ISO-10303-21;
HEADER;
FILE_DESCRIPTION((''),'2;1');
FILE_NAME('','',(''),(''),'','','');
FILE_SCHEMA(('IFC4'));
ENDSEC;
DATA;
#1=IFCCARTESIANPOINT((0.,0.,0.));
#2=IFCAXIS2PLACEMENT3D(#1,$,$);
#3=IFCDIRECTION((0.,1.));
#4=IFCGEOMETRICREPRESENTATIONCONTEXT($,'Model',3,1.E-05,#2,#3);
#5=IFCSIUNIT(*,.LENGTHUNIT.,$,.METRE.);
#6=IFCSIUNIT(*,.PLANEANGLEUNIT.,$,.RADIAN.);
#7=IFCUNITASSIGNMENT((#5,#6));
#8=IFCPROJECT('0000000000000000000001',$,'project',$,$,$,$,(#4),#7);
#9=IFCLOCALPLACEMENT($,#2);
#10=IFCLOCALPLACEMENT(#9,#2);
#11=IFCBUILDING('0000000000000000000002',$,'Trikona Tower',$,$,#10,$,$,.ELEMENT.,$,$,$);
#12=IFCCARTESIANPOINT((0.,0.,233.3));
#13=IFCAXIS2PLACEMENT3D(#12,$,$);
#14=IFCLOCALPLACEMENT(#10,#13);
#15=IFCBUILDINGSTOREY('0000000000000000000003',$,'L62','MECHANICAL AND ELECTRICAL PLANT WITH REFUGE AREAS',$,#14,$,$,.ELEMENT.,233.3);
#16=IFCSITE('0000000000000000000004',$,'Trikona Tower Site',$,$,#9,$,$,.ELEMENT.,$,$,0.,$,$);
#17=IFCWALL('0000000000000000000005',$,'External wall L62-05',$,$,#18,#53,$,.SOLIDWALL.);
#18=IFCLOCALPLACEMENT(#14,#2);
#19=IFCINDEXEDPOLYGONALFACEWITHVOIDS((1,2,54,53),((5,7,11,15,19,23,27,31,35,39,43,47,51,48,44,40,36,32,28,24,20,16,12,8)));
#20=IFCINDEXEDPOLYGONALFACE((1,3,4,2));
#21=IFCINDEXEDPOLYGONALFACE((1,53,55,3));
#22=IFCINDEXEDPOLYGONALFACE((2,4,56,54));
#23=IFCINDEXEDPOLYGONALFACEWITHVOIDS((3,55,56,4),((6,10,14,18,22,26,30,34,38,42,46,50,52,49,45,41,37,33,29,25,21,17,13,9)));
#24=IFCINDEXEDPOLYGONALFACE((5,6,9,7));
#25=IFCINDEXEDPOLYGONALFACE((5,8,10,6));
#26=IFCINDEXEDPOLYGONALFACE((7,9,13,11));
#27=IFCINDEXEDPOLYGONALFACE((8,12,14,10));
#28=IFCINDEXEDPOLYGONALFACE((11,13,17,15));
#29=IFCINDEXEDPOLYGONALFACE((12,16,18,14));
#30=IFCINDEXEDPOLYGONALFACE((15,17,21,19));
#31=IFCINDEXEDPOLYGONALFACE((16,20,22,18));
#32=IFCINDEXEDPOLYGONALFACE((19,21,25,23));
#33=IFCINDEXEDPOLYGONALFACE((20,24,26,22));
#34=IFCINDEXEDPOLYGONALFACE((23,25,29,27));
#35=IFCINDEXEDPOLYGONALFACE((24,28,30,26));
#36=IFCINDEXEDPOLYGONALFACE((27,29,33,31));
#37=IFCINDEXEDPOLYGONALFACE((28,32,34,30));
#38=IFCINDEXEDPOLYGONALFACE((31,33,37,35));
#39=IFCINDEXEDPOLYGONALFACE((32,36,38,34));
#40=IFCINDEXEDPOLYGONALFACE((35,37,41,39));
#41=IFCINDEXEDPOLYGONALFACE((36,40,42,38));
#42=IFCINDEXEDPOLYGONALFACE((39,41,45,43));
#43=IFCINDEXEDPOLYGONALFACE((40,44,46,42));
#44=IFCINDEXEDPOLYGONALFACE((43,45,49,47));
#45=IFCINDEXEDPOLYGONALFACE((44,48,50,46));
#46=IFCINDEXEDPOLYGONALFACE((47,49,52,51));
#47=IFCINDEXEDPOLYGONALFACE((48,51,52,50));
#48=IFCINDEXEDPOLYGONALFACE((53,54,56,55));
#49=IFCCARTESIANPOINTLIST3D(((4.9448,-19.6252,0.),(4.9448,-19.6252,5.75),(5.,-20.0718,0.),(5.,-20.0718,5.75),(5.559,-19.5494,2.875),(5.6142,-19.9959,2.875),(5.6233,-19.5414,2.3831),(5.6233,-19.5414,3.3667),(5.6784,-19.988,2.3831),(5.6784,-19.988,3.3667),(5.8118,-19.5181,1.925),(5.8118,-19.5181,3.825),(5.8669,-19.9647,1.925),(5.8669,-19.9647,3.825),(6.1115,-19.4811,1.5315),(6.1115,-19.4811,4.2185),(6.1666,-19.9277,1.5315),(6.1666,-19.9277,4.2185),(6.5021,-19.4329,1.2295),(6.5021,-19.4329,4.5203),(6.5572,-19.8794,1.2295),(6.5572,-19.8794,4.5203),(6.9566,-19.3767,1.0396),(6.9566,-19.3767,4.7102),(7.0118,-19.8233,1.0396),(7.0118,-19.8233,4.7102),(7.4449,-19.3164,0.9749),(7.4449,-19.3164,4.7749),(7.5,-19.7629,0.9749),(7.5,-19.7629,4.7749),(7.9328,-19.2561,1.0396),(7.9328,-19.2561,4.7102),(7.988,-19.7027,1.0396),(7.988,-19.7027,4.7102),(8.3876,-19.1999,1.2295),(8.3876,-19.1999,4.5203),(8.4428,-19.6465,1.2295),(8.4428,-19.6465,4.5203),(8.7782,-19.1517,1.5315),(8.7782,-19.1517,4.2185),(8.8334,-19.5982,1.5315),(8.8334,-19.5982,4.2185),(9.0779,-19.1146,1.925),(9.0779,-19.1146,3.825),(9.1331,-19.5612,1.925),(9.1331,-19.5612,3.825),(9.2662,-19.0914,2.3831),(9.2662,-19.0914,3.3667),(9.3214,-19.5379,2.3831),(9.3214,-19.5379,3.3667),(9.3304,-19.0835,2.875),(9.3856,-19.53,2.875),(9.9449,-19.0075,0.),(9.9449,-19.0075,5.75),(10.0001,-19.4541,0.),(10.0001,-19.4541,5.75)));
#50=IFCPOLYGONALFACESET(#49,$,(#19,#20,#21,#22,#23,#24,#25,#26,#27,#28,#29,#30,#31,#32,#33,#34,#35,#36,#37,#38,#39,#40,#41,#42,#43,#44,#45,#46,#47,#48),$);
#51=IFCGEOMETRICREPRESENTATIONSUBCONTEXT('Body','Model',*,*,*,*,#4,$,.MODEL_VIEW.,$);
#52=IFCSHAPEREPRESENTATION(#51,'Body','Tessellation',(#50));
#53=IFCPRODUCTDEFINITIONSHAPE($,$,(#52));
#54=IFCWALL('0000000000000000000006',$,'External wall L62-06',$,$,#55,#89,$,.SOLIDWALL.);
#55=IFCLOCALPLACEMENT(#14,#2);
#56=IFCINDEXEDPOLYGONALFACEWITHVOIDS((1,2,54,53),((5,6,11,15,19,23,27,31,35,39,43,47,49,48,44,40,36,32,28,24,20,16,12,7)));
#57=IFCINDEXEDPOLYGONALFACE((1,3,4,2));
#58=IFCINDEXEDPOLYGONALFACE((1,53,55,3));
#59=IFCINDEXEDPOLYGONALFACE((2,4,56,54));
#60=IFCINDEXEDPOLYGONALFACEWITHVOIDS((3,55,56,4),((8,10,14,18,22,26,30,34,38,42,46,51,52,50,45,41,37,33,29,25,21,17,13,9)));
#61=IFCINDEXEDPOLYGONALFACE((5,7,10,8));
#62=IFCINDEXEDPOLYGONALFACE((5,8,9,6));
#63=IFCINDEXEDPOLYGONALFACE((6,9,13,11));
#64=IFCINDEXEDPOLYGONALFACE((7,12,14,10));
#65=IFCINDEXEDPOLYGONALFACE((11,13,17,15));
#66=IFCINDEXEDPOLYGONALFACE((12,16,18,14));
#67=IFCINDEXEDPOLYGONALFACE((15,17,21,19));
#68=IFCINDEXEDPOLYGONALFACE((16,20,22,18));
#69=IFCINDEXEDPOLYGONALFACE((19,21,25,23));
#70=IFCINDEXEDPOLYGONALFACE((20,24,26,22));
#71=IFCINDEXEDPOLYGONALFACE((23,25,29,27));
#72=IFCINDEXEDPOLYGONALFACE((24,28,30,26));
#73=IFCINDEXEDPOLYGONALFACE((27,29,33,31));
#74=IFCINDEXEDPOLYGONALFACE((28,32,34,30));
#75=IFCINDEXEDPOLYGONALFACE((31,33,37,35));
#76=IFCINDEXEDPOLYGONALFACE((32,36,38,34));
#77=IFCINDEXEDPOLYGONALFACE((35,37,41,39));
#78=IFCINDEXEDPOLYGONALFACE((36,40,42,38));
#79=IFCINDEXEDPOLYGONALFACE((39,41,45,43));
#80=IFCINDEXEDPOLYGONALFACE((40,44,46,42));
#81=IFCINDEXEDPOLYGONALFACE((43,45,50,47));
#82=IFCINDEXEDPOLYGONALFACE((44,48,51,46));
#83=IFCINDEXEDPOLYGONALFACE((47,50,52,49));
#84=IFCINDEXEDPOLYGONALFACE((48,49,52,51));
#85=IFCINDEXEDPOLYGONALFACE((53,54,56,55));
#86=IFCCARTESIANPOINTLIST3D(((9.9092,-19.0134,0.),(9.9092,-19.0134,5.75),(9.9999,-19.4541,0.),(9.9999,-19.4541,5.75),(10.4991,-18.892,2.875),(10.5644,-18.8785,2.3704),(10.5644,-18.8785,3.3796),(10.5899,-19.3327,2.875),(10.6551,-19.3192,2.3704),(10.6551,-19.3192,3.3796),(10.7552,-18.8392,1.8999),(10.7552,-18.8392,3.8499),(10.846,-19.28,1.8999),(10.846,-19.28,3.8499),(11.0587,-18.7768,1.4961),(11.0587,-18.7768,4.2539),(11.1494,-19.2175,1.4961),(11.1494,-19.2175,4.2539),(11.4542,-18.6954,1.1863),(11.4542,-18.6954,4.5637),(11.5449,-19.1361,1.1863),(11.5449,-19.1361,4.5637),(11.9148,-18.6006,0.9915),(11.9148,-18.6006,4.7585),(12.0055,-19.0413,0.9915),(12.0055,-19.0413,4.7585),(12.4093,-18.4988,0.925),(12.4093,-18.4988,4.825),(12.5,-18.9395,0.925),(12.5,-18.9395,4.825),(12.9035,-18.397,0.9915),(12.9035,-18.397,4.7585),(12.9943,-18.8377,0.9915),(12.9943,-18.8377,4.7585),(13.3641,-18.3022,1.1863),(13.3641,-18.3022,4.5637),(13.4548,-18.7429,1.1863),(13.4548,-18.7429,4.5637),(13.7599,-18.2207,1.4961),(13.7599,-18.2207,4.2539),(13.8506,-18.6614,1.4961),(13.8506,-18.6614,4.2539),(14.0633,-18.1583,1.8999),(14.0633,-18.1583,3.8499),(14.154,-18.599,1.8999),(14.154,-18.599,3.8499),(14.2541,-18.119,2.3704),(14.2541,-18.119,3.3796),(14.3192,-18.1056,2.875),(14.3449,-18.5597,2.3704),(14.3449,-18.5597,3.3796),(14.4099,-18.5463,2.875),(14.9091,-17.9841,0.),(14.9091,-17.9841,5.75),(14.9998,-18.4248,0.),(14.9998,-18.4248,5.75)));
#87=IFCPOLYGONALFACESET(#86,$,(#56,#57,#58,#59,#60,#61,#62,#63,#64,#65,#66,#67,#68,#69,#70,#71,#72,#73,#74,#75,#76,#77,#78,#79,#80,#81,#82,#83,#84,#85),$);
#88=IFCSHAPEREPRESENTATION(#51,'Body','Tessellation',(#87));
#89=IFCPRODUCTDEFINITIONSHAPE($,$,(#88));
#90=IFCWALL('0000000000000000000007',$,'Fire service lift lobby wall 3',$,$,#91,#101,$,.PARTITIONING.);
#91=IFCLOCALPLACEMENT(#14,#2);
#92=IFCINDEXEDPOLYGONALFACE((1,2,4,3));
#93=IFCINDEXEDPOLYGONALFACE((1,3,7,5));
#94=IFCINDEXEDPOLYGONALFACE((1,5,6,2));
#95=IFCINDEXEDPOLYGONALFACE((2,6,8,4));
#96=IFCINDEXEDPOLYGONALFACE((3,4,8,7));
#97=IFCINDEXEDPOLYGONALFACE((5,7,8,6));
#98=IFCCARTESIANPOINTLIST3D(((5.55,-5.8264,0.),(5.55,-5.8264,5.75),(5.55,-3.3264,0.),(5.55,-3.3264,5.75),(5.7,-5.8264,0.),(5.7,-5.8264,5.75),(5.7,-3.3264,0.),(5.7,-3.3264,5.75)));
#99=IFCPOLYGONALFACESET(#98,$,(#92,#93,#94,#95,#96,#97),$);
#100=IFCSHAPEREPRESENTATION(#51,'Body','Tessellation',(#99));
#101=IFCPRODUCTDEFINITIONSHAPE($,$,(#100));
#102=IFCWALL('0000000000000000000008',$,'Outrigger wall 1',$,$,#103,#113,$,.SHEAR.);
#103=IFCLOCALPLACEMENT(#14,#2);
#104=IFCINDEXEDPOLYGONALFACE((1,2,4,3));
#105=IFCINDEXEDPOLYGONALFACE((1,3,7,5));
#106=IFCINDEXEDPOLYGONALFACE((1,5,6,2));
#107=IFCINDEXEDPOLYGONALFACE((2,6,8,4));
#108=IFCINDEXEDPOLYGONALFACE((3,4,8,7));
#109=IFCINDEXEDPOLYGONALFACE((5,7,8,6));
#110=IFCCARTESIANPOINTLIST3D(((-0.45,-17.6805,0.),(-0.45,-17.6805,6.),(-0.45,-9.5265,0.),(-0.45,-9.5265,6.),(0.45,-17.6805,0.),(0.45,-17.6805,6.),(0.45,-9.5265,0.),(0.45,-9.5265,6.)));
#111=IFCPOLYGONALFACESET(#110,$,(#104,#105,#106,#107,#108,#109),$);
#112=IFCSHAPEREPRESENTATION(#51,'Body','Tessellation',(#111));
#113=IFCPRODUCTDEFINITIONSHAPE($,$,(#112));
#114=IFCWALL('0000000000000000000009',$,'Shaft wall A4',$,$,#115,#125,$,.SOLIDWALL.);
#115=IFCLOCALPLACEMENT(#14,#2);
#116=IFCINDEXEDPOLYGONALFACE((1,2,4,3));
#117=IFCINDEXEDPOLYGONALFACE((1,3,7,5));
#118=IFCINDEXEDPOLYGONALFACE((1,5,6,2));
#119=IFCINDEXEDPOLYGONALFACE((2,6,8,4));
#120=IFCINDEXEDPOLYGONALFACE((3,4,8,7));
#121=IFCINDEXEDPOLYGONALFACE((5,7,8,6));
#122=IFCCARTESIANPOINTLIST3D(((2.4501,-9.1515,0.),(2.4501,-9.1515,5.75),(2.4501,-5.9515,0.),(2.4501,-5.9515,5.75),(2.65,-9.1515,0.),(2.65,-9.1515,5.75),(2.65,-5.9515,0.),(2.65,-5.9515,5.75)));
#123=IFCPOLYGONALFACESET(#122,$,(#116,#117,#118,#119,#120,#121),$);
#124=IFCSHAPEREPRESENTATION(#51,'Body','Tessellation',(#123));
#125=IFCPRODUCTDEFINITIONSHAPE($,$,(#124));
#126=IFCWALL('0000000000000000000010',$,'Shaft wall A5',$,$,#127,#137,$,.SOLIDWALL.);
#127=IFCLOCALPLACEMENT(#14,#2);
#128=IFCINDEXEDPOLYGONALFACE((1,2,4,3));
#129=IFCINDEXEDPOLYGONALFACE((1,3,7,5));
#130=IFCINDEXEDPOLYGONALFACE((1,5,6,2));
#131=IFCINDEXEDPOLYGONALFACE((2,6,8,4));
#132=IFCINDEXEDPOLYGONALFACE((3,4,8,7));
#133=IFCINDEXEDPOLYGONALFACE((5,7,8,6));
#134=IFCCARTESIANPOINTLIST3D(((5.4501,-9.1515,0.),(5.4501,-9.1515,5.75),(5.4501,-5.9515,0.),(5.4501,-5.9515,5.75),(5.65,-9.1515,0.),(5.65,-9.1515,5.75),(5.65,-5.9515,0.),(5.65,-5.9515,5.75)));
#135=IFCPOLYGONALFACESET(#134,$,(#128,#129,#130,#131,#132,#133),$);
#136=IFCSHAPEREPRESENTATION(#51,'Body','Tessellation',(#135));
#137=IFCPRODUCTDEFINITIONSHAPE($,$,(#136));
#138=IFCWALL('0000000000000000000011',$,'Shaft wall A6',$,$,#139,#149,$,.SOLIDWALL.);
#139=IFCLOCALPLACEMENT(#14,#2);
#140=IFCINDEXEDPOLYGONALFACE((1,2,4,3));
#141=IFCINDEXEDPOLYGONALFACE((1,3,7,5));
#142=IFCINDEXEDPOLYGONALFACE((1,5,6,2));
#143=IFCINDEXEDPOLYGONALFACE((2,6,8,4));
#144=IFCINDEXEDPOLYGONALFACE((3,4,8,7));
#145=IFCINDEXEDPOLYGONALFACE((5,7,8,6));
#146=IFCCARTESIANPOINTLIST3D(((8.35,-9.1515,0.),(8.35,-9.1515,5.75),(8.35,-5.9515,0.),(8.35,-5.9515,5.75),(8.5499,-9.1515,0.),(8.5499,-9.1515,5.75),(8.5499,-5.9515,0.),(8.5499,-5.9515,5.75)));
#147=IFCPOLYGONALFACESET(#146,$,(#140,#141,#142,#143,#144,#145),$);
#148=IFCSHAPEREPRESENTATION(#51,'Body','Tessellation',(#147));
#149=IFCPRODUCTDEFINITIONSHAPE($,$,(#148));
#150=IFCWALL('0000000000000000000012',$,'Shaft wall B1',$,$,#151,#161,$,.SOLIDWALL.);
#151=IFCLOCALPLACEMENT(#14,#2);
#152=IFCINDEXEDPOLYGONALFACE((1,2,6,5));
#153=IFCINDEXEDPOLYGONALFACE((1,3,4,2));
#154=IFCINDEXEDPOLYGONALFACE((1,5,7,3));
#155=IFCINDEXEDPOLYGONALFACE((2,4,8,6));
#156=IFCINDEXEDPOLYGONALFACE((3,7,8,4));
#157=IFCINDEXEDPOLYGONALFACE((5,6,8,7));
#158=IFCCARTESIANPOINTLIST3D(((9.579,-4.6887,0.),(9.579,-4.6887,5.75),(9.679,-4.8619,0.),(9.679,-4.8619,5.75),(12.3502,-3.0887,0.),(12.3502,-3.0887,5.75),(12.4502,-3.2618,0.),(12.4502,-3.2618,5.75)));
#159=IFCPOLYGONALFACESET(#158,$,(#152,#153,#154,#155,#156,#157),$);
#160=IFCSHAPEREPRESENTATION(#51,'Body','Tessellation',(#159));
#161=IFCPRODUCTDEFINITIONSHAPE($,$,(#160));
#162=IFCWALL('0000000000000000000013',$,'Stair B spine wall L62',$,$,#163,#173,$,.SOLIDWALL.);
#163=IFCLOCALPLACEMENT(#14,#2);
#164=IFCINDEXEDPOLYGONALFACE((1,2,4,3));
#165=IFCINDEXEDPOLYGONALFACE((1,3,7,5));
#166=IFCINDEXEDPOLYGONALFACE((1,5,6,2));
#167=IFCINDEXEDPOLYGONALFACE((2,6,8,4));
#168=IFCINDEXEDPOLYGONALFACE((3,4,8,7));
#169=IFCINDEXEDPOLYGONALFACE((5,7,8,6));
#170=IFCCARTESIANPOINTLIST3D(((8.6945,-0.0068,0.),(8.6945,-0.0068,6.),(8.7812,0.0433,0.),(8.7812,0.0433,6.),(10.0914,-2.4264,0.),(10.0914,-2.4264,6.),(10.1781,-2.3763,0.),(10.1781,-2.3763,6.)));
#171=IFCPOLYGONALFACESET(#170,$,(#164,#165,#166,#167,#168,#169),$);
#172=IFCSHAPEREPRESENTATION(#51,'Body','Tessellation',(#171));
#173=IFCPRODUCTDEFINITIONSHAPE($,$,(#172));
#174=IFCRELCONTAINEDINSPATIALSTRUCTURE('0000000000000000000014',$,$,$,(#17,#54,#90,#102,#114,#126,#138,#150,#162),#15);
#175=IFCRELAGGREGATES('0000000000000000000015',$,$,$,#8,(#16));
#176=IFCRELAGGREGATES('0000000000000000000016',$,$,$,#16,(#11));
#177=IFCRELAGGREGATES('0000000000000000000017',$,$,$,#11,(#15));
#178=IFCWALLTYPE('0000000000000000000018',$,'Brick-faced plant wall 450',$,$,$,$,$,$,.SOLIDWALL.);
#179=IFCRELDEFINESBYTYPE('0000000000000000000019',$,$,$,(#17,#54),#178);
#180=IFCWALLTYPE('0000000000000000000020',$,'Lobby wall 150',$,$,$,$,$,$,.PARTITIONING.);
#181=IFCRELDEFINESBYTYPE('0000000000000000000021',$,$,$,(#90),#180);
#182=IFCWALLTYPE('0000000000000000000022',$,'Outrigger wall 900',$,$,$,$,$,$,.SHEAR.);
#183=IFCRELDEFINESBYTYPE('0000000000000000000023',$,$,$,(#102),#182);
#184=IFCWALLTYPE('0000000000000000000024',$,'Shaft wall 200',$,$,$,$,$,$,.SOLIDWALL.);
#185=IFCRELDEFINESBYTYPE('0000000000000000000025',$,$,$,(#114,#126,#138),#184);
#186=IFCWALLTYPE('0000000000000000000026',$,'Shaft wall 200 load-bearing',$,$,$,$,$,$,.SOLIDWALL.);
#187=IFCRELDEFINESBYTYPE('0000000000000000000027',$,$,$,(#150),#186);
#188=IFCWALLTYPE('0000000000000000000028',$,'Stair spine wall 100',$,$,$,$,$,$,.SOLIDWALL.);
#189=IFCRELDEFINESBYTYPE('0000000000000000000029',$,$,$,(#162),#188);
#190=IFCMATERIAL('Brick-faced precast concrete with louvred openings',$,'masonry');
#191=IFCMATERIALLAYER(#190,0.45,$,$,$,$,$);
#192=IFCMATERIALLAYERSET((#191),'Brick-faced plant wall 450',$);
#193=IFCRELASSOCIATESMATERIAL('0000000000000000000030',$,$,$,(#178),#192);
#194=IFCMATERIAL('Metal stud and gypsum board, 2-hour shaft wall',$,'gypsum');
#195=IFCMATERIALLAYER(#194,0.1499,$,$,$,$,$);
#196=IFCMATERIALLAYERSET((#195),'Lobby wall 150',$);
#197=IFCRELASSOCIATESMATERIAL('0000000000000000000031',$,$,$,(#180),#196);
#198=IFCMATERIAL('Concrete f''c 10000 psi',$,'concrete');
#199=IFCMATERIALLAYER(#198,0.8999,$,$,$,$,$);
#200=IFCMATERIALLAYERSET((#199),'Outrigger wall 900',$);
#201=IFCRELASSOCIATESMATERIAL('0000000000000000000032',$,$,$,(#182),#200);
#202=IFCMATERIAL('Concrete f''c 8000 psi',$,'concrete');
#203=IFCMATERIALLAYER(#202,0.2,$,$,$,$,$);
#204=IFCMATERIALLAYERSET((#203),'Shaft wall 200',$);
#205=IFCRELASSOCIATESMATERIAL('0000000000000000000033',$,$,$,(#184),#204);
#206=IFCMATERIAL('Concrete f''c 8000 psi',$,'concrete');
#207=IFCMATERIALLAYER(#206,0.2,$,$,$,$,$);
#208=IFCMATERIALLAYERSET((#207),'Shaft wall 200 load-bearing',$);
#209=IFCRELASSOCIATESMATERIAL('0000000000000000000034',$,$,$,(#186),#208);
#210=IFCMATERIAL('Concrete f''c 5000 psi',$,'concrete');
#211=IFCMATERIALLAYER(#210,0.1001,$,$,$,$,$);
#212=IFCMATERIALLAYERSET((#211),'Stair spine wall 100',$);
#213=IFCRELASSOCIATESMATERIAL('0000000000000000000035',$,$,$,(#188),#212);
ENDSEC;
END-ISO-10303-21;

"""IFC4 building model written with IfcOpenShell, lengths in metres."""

from ifc_helpers import new_model, si_unit, direction, frame, frame_2d, origin, place, context, subcontext, project, spatial, polyline, rectangle, outline, extrude, material, layer, layer_set, type_object, element, save


model = new_model("IFC4")

# Units and contexts
model_context = context("Model", 3, precision=1e-05, world=origin(), true_north=direction((0.0, 1.0)))
body_context = subcontext(model_context, "Body", "Model", "MODEL_VIEW")
ifc_project = project(units=[si_unit("LENGTHUNIT", "METRE"), si_unit("PLANEANGLEUNIT", "RADIAN")], contexts=[model_context])

# Site, building, storey
site_placement = place(None, origin())
site = spatial("IfcSite", under=ifc_project, at=site_placement, Name="Trikona Tower Site", CompositionType="ELEMENT", RefElevation=0.0)
building_placement = place(site_placement, origin())
building = spatial("IfcBuilding", under=site, at=building_placement, Name="Trikona Tower", CompositionType="ELEMENT")
storey_placement = place(building_placement, frame((0.0, 0.0, 233.3)))
storey = spatial("IfcBuildingStorey", under=building, at=storey_placement, Name="L62", Description="MECHANICAL AND ELECTRICAL PLANT WITH REFUGE AREAS", CompositionType="ELEMENT", Elevation=233.3)

# Walls
ifc_material_1 = material(Name="Brick-faced precast concrete with louvred openings", Category="masonry")
ifc_layer_1 = layer(ifc_material_1, 0.45)
ifc_layer_set_1 = layer_set([ifc_layer_1], Name="Brick-faced plant wall 450")
wall_type_1 = type_object("IfcWallType", Name="Brick-faced plant wall 450", PredefinedType="SOLIDWALL", material=ifc_layer_set_1)
wall_1_placement = place(storey_placement, frame((4.9724, -19.8486, 0.0), z_axis=(0.0, 0.0, 1.0), x_axis=(0.992456, 0.122603, 0.0)))
element("IfcWall", 1, at=wall_1_placement, inside=storey, type_object=wall_type_1, Name="External wall L62-05", PredefinedType="SOLIDWALL", context=body_context, shape_type="SweptSolid", body=[
    extrude(outline(polyline([(0.0, 0.0), (5.0381, 0.0), (5.0381, 5.75), (0.0, 5.75), (0.0, 0.0)]), holes=[polyline([(4.4189, 2.875), (4.3542, 3.3667), (4.1646, 3.825), (3.8625, 4.2185), (3.469, 4.5203), (3.0107, 4.7102), (2.519, 4.7749), (2.0271, 4.7102), (1.5691, 4.5203), (1.1755, 4.2185), (0.8735, 3.825), (0.6836, 3.3667), (0.6189, 2.875), (0.6836, 2.3831), (0.8735, 1.925), (1.1755, 1.5315), (1.5691, 1.2295), (2.0271, 1.0396), (2.519, 0.9749), (3.0107, 1.0396), (3.469, 1.2295), (3.8625, 1.5315), (4.1646, 1.925), (4.3542, 2.3831), (4.4189, 2.875)])]), frame((0.0, 0.2251, 0.0), z_axis=(0.0, -1.0, 0.0), x_axis=(1.0, 0.0, 0.0)), (0.0, 0.0, 1.0), 0.45),
])
wall_2_placement = place(storey_placement, frame((9.9546, -19.2339, 0.0), z_axis=(0.0, 0.0, 1.0), x_axis=(0.979461, 0.201631, 0.0)))
element("IfcWall", 2, at=wall_2_placement, inside=storey, type_object=wall_type_1, Name="External wall L62-06", PredefinedType="SOLIDWALL", context=body_context, shape_type="SweptSolid", body=[
    extrude(outline(polyline([(0.0, 0.0), (5.1047, 0.0), (5.1047, 5.75), (0.0, 5.75), (0.0, 0.0)]), holes=[polyline([(4.5024, 2.875), (4.436, 3.3796), (4.2412, 3.8499), (3.9314, 4.2539), (3.5273, 4.5637), (3.0571, 4.7585), (2.5525, 4.825), (2.0476, 4.7585), (1.5774, 4.5637), (1.1736, 4.2539), (0.8638, 3.8499), (0.6689, 3.3796), (0.6023, 2.875), (0.6689, 2.3704), (0.8638, 1.8999), (1.1736, 1.4961), (1.5774, 1.1863), (2.0476, 0.9915), (2.5525, 0.925), (3.0571, 0.9915), (3.5273, 1.1863), (3.9314, 1.4961), (4.2412, 1.8999), (4.436, 2.3704), (4.5024, 2.875)])]), frame((0.0, 0.2251, 0.0), z_axis=(0.0, -1.0, 0.0), x_axis=(1.0, 0.0, 0.0)), (0.0, 0.0, 1.0), 0.45),
])
ifc_material_2 = material(Name="Metal stud and gypsum board, 2-hour shaft wall", Category="gypsum")
ifc_layer_2 = layer(ifc_material_2, 0.1499)
ifc_layer_set_2 = layer_set([ifc_layer_2], Name="Lobby wall 150")
wall_type_2 = type_object("IfcWallType", Name="Lobby wall 150", PredefinedType="PARTITIONING", material=ifc_layer_set_2)
wall_3_placement = place(storey_placement, frame((5.625, -5.8264, 0.0), z_axis=(0.0, 0.0, 1.0), x_axis=(0.0, 1.0, 0.0)))
element("IfcWall", 3, at=wall_3_placement, inside=storey, type_object=wall_type_2, Name="Fire service lift lobby wall 3", PredefinedType="PARTITIONING", context=body_context, shape_type="SweptSolid", body=[
    extrude(rectangle(XDim=2.5, YDim=0.1499, at=frame_2d((1.25, 0.0))), origin(), (0.0, 0.0, 1.0), 5.75),
])
ifc_material_3 = material(Name="Concrete f'c 10000 psi", Category="concrete")
ifc_layer_3 = layer(ifc_material_3, 0.8999)
ifc_layer_set_3 = layer_set([ifc_layer_3], Name="Outrigger wall 900")
wall_type_3 = type_object("IfcWallType", Name="Outrigger wall 900", PredefinedType="SHEAR", material=ifc_layer_set_3)
wall_4_placement = place(storey_placement, frame((0.0, -9.5264, 0.0), z_axis=(0.0, 0.0, 1.0), x_axis=(0.0, -1.0, 0.0)))
element("IfcWall", 4, at=wall_4_placement, inside=storey, type_object=wall_type_3, Name="Outrigger wall 1", PredefinedType="SHEAR", context=body_context, shape_type="SweptSolid", body=[
    extrude(rectangle(XDim=8.1541, YDim=0.8999, at=frame_2d((4.0771, 0.0))), origin(), (0.0, 0.0, 1.0), 6.0),
])
ifc_material_4 = material(Name="Concrete f'c 8000 psi", Category="concrete")
ifc_layer_4 = layer(ifc_material_4, 0.2)
ifc_layer_set_4 = layer_set([ifc_layer_4], Name="Shaft wall 200")
wall_type_4 = type_object("IfcWallType", Name="Shaft wall 200", PredefinedType="SOLIDWALL", material=ifc_layer_set_4)
for number, where, z_axis, x_axis, name in (
    (5, (2.55, -5.9514, 0.0), (0.0, 0.0, 1.0), (0.0, -1.0, 0.0), "Shaft wall A4"),
    (6, (5.55, -5.9514, 0.0), (0.0, 0.0, 1.0), (0.0, -1.0, 0.0), "Shaft wall A5"),
    (7, (8.45, -5.9514, 0.0), (0.0, 0.0, 1.0), (0.0, -1.0, 0.0), "Shaft wall A6"),
):
    element("IfcWall", number, at=place(storey_placement, frame(where, z_axis=z_axis, x_axis=x_axis)), inside=storey, type_object=wall_type_4, Name=name, PredefinedType="SOLIDWALL", context=body_context, shape_type="SweptSolid", body=[
        extrude(rectangle(XDim=3.2, YDim=0.2, at=frame_2d((1.6001, 0.0))), origin(), (0.0, 0.0, 1.0), 5.75),
    ])
ifc_material_5 = material(Name="Concrete f'c 8000 psi", Category="concrete")
ifc_layer_5 = layer(ifc_material_5, 0.2)
ifc_layer_set_5 = layer_set([ifc_layer_5], Name="Shaft wall 200 load-bearing")
wall_type_5 = type_object("IfcWallType", Name="Shaft wall 200 load-bearing", PredefinedType="SOLIDWALL", material=ifc_layer_set_5)
wall_5_placement = place(storey_placement, frame((9.6289, -4.7754, 0.0), z_axis=(0.0, 0.0, 1.0), x_axis=(0.866009, 0.500028, 0.0)))
element("IfcWall", 8, at=wall_5_placement, inside=storey, type_object=wall_type_5, Name="Shaft wall B1", PredefinedType="SOLIDWALL", context=body_context, shape_type="SweptSolid", body=[
    extrude(rectangle(XDim=3.2, YDim=0.2, at=frame_2d((1.6001, 0.0))), origin(), (0.0, 0.0, 1.0), 5.75),
])
ifc_material_6 = material(Name="Concrete f'c 5000 psi", Category="concrete")
ifc_layer_6 = layer(ifc_material_6, 0.1001)
ifc_layer_set_6 = layer_set([ifc_layer_6], Name="Stair spine wall 100")
wall_type_6 = type_object("IfcWallType", Name="Stair spine wall 100", PredefinedType="SOLIDWALL", material=ifc_layer_set_6)
wall_6_placement = place(storey_placement, frame((10.1348, -2.4014, 0.0), z_axis=(0.0, 0.0, 1.0), x_axis=(-0.499992, 0.86603, 0.0)))
element("IfcWall", 9, at=wall_6_placement, inside=storey, type_object=wall_type_6, Name="Stair B spine wall L62", PredefinedType="SOLIDWALL", context=body_context, shape_type="SweptSolid", body=[
    extrude(rectangle(XDim=2.7939, YDim=0.1001, at=frame_2d((1.397, 0.0))), origin(), (0.0, 0.0, 1.0), 6.0),
])

save(model, "model.ifc")
